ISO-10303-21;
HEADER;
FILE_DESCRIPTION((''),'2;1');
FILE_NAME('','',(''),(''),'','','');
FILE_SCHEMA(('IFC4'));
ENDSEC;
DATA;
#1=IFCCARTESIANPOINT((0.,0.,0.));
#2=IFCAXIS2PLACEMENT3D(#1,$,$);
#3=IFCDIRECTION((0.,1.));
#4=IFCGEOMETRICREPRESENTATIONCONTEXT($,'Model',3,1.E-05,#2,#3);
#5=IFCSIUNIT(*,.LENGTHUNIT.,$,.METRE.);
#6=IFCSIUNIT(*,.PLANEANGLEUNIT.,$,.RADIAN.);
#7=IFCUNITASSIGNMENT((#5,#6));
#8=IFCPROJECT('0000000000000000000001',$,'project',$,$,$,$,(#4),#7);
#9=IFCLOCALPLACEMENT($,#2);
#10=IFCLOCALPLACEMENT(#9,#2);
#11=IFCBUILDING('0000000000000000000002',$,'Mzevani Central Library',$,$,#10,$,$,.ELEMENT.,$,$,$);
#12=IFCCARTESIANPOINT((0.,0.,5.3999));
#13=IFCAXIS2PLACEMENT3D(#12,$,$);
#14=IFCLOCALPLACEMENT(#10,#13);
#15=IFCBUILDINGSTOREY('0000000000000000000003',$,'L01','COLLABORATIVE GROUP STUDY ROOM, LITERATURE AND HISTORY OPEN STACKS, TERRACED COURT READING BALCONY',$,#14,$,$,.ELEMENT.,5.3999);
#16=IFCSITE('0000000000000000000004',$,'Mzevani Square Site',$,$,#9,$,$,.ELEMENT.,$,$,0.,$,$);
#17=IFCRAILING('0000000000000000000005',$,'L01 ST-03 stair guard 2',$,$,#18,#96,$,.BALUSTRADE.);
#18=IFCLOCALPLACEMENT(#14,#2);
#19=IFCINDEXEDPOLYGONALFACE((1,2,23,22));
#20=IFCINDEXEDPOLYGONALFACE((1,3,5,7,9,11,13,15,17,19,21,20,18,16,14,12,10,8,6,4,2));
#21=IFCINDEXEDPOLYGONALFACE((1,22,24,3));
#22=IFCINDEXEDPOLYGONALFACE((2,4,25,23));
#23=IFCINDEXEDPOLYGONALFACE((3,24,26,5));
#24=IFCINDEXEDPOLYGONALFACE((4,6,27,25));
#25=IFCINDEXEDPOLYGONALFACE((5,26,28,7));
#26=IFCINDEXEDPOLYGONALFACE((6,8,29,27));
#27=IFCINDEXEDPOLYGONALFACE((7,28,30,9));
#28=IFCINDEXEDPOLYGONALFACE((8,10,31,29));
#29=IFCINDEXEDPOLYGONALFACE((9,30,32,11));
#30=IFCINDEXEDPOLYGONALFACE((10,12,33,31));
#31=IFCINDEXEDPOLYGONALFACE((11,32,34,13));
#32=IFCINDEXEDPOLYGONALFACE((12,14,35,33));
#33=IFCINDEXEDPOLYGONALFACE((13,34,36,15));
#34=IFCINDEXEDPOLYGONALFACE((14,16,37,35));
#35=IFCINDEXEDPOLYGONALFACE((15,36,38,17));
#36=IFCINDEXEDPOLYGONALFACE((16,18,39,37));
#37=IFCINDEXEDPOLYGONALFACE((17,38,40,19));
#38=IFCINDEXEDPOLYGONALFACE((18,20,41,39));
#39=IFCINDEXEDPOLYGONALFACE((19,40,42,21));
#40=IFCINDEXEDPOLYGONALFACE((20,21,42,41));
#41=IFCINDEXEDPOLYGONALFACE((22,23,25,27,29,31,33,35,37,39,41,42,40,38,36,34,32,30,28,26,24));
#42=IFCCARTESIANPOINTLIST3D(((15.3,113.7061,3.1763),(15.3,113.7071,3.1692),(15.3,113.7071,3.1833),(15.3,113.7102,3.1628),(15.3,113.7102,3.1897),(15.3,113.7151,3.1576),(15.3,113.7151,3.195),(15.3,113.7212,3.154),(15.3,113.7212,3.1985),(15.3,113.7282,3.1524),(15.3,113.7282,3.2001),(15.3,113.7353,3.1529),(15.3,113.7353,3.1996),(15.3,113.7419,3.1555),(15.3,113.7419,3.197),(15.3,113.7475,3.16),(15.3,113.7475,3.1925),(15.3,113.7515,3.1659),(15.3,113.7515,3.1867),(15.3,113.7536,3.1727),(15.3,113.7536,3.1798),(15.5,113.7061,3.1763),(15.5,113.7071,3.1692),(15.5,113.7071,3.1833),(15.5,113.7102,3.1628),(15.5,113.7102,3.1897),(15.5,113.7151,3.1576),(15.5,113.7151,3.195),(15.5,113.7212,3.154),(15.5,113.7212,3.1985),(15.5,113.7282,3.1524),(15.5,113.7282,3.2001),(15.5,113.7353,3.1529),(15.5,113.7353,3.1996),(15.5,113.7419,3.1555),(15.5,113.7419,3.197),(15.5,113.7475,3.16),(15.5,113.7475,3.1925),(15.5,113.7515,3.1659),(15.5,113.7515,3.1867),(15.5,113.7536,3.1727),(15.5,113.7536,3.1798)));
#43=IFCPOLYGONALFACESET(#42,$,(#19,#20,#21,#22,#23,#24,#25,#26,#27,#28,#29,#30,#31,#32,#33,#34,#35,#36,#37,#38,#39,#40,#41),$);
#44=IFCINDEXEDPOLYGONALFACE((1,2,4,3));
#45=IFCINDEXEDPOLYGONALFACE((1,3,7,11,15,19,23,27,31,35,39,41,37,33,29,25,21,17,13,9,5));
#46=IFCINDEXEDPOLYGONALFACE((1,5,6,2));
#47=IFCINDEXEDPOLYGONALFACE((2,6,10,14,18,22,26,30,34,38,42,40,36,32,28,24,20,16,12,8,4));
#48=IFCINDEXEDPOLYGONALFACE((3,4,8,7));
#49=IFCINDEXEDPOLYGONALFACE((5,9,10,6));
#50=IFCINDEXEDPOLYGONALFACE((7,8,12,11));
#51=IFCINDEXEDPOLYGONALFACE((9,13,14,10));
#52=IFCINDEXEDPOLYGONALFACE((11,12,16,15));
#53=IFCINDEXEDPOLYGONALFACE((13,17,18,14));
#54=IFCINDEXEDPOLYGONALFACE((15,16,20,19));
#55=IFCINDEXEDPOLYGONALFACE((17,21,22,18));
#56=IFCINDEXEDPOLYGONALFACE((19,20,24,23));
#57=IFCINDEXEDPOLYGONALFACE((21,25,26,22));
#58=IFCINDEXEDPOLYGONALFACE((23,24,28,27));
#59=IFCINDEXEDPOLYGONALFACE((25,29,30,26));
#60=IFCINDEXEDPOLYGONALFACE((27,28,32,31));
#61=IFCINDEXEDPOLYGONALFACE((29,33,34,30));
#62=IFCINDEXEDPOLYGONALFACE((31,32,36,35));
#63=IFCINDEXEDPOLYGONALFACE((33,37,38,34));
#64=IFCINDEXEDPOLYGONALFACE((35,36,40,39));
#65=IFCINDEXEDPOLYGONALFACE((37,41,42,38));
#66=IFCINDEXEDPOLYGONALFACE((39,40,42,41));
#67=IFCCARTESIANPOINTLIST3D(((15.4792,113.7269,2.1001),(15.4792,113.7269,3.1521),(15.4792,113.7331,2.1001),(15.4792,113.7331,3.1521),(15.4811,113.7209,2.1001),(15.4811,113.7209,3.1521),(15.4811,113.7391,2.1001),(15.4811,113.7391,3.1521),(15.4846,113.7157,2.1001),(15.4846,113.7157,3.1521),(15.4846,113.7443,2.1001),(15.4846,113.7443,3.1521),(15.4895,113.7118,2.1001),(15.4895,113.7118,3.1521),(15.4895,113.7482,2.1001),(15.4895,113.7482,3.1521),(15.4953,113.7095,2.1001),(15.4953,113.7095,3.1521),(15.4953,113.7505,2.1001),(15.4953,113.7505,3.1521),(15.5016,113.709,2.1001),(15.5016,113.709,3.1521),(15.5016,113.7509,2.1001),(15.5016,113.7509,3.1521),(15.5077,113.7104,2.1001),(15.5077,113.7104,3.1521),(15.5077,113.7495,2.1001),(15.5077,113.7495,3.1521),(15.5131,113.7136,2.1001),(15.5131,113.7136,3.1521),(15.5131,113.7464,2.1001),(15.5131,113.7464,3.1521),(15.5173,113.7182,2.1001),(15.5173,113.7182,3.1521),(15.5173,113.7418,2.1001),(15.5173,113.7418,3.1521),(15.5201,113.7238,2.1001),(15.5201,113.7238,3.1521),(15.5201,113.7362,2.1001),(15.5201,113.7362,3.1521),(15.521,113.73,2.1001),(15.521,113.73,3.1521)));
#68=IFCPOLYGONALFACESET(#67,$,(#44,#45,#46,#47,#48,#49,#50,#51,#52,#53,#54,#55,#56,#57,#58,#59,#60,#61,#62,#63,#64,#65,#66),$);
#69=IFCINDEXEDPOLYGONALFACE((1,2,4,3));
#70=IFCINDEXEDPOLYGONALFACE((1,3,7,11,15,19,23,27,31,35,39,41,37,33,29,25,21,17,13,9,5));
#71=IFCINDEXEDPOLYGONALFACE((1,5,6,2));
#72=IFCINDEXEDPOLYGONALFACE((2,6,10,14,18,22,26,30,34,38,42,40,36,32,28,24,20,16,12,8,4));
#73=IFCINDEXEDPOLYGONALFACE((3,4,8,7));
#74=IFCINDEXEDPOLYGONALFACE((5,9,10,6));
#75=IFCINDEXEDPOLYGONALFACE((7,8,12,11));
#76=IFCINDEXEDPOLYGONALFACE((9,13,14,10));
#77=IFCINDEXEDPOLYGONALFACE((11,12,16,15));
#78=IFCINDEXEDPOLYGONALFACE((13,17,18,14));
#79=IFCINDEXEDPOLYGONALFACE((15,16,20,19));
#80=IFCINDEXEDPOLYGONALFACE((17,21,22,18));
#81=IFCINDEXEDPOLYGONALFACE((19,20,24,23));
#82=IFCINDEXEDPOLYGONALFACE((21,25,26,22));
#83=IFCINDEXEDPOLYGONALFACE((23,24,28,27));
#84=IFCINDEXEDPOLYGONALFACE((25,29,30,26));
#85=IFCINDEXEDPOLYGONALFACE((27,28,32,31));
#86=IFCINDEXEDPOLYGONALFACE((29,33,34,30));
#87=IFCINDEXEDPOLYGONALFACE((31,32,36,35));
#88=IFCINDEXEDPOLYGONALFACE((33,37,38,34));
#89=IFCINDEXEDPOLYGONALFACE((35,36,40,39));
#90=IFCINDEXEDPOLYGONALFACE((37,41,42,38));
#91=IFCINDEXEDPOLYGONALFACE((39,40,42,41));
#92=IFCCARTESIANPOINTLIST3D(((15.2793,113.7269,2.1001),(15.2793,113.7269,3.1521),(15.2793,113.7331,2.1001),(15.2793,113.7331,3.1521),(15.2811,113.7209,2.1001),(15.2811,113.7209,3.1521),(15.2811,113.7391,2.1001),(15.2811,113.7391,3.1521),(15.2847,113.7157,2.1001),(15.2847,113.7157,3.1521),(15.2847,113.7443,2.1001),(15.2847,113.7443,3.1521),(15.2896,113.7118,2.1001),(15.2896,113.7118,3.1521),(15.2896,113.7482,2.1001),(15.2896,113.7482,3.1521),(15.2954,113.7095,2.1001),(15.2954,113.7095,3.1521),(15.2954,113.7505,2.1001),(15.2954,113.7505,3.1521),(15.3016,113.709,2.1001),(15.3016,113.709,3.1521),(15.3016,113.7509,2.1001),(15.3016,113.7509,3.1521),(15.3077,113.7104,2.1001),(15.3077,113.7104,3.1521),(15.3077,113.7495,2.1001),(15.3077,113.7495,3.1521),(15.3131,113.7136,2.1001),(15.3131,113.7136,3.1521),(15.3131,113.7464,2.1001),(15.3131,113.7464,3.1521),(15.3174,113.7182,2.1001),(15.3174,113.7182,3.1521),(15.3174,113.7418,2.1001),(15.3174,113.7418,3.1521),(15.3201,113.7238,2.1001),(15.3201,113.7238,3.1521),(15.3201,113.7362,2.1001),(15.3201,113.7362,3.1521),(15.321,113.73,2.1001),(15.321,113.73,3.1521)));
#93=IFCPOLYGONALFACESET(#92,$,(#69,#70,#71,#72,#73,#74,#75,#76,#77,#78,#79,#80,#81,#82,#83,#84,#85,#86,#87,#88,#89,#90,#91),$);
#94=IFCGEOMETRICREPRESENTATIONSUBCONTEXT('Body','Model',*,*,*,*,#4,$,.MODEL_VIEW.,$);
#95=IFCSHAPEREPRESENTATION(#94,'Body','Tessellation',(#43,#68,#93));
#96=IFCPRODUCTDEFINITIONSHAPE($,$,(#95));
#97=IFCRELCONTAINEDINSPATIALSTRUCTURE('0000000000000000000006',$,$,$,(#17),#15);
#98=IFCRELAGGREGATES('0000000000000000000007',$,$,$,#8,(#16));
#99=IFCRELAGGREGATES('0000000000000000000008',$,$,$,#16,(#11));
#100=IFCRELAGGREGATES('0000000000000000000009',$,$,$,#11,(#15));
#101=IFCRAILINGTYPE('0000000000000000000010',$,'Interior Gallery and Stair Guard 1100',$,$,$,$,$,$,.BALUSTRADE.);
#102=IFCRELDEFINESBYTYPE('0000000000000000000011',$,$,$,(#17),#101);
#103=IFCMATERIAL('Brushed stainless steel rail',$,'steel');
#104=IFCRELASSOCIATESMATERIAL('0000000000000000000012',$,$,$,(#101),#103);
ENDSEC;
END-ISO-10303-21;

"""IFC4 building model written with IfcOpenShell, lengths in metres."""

from ifc_helpers import new_model, si_unit, direction, frame, origin, origin_2d, place, context, subcontext, project, spatial, circle, extrude, material, type_object, element, save


model = new_model("IFC4")

# Units and contexts
model_context = context("Model", 3, precision=1e-05, world=origin(), true_north=direction((0.0, 1.0)))
body_context = subcontext(model_context, "Body", "Model", "MODEL_VIEW")
ifc_project = project(units=[si_unit("LENGTHUNIT", "METRE"), si_unit("PLANEANGLEUNIT", "RADIAN")], contexts=[model_context])

# Site, building, storey
site_placement = place(None, origin())
site = spatial("IfcSite", under=ifc_project, at=site_placement, Name="Mzevani Square Site", CompositionType="ELEMENT", RefElevation=0.0)
building_placement = place(site_placement, origin())
building = spatial("IfcBuilding", under=site, at=building_placement, Name="Mzevani Central Library", CompositionType="ELEMENT")
storey_placement = place(building_placement, frame((0.0, 0.0, 5.3999)))
storey = spatial("IfcBuildingStorey", under=building, at=storey_placement, Name="L01", Description="COLLABORATIVE GROUP STUDY ROOM, LITERATURE AND HISTORY OPEN STACKS, TERRACED COURT READING BALCONY", CompositionType="ELEMENT", Elevation=5.3999)

# Railing
ifc_material_1 = material(Name="Brushed stainless steel rail", Category="steel")
railing_type_1 = type_object("IfcRailingType", Name="Interior Gallery and Stair Guard 1100", PredefinedType="BALUSTRADE", material=ifc_material_1)
railing_1_placement = place(storey_placement, frame((15.5, 113.73, 2.1001)))
element("IfcRailing", 1, at=railing_1_placement, inside=storey, type_object=railing_type_1, Name="L01 ST-03 stair guard 2", PredefinedType="BALUSTRADE", context=body_context, shape_type="SweptSolid", body=[
    extrude(circle(Radius=0.0239, at=origin_2d()), frame((0.0, 0.0, 1.0762), z_axis=(-1.0, 0.0, 0.0), x_axis=(0.0, -1.0, 0.0)), (0.0, 0.0, 1.0), 0.2),
    extrude(circle(Radius=0.021, at=origin_2d()), origin(), (0.0, 0.0, 1.0), 1.052),
    extrude(circle(Radius=0.021, at=origin_2d()), frame((-0.2, 0.0, 0.0)), (0.0, 0.0, 1.0), 1.052),
])

save(model, "model.ifc")
